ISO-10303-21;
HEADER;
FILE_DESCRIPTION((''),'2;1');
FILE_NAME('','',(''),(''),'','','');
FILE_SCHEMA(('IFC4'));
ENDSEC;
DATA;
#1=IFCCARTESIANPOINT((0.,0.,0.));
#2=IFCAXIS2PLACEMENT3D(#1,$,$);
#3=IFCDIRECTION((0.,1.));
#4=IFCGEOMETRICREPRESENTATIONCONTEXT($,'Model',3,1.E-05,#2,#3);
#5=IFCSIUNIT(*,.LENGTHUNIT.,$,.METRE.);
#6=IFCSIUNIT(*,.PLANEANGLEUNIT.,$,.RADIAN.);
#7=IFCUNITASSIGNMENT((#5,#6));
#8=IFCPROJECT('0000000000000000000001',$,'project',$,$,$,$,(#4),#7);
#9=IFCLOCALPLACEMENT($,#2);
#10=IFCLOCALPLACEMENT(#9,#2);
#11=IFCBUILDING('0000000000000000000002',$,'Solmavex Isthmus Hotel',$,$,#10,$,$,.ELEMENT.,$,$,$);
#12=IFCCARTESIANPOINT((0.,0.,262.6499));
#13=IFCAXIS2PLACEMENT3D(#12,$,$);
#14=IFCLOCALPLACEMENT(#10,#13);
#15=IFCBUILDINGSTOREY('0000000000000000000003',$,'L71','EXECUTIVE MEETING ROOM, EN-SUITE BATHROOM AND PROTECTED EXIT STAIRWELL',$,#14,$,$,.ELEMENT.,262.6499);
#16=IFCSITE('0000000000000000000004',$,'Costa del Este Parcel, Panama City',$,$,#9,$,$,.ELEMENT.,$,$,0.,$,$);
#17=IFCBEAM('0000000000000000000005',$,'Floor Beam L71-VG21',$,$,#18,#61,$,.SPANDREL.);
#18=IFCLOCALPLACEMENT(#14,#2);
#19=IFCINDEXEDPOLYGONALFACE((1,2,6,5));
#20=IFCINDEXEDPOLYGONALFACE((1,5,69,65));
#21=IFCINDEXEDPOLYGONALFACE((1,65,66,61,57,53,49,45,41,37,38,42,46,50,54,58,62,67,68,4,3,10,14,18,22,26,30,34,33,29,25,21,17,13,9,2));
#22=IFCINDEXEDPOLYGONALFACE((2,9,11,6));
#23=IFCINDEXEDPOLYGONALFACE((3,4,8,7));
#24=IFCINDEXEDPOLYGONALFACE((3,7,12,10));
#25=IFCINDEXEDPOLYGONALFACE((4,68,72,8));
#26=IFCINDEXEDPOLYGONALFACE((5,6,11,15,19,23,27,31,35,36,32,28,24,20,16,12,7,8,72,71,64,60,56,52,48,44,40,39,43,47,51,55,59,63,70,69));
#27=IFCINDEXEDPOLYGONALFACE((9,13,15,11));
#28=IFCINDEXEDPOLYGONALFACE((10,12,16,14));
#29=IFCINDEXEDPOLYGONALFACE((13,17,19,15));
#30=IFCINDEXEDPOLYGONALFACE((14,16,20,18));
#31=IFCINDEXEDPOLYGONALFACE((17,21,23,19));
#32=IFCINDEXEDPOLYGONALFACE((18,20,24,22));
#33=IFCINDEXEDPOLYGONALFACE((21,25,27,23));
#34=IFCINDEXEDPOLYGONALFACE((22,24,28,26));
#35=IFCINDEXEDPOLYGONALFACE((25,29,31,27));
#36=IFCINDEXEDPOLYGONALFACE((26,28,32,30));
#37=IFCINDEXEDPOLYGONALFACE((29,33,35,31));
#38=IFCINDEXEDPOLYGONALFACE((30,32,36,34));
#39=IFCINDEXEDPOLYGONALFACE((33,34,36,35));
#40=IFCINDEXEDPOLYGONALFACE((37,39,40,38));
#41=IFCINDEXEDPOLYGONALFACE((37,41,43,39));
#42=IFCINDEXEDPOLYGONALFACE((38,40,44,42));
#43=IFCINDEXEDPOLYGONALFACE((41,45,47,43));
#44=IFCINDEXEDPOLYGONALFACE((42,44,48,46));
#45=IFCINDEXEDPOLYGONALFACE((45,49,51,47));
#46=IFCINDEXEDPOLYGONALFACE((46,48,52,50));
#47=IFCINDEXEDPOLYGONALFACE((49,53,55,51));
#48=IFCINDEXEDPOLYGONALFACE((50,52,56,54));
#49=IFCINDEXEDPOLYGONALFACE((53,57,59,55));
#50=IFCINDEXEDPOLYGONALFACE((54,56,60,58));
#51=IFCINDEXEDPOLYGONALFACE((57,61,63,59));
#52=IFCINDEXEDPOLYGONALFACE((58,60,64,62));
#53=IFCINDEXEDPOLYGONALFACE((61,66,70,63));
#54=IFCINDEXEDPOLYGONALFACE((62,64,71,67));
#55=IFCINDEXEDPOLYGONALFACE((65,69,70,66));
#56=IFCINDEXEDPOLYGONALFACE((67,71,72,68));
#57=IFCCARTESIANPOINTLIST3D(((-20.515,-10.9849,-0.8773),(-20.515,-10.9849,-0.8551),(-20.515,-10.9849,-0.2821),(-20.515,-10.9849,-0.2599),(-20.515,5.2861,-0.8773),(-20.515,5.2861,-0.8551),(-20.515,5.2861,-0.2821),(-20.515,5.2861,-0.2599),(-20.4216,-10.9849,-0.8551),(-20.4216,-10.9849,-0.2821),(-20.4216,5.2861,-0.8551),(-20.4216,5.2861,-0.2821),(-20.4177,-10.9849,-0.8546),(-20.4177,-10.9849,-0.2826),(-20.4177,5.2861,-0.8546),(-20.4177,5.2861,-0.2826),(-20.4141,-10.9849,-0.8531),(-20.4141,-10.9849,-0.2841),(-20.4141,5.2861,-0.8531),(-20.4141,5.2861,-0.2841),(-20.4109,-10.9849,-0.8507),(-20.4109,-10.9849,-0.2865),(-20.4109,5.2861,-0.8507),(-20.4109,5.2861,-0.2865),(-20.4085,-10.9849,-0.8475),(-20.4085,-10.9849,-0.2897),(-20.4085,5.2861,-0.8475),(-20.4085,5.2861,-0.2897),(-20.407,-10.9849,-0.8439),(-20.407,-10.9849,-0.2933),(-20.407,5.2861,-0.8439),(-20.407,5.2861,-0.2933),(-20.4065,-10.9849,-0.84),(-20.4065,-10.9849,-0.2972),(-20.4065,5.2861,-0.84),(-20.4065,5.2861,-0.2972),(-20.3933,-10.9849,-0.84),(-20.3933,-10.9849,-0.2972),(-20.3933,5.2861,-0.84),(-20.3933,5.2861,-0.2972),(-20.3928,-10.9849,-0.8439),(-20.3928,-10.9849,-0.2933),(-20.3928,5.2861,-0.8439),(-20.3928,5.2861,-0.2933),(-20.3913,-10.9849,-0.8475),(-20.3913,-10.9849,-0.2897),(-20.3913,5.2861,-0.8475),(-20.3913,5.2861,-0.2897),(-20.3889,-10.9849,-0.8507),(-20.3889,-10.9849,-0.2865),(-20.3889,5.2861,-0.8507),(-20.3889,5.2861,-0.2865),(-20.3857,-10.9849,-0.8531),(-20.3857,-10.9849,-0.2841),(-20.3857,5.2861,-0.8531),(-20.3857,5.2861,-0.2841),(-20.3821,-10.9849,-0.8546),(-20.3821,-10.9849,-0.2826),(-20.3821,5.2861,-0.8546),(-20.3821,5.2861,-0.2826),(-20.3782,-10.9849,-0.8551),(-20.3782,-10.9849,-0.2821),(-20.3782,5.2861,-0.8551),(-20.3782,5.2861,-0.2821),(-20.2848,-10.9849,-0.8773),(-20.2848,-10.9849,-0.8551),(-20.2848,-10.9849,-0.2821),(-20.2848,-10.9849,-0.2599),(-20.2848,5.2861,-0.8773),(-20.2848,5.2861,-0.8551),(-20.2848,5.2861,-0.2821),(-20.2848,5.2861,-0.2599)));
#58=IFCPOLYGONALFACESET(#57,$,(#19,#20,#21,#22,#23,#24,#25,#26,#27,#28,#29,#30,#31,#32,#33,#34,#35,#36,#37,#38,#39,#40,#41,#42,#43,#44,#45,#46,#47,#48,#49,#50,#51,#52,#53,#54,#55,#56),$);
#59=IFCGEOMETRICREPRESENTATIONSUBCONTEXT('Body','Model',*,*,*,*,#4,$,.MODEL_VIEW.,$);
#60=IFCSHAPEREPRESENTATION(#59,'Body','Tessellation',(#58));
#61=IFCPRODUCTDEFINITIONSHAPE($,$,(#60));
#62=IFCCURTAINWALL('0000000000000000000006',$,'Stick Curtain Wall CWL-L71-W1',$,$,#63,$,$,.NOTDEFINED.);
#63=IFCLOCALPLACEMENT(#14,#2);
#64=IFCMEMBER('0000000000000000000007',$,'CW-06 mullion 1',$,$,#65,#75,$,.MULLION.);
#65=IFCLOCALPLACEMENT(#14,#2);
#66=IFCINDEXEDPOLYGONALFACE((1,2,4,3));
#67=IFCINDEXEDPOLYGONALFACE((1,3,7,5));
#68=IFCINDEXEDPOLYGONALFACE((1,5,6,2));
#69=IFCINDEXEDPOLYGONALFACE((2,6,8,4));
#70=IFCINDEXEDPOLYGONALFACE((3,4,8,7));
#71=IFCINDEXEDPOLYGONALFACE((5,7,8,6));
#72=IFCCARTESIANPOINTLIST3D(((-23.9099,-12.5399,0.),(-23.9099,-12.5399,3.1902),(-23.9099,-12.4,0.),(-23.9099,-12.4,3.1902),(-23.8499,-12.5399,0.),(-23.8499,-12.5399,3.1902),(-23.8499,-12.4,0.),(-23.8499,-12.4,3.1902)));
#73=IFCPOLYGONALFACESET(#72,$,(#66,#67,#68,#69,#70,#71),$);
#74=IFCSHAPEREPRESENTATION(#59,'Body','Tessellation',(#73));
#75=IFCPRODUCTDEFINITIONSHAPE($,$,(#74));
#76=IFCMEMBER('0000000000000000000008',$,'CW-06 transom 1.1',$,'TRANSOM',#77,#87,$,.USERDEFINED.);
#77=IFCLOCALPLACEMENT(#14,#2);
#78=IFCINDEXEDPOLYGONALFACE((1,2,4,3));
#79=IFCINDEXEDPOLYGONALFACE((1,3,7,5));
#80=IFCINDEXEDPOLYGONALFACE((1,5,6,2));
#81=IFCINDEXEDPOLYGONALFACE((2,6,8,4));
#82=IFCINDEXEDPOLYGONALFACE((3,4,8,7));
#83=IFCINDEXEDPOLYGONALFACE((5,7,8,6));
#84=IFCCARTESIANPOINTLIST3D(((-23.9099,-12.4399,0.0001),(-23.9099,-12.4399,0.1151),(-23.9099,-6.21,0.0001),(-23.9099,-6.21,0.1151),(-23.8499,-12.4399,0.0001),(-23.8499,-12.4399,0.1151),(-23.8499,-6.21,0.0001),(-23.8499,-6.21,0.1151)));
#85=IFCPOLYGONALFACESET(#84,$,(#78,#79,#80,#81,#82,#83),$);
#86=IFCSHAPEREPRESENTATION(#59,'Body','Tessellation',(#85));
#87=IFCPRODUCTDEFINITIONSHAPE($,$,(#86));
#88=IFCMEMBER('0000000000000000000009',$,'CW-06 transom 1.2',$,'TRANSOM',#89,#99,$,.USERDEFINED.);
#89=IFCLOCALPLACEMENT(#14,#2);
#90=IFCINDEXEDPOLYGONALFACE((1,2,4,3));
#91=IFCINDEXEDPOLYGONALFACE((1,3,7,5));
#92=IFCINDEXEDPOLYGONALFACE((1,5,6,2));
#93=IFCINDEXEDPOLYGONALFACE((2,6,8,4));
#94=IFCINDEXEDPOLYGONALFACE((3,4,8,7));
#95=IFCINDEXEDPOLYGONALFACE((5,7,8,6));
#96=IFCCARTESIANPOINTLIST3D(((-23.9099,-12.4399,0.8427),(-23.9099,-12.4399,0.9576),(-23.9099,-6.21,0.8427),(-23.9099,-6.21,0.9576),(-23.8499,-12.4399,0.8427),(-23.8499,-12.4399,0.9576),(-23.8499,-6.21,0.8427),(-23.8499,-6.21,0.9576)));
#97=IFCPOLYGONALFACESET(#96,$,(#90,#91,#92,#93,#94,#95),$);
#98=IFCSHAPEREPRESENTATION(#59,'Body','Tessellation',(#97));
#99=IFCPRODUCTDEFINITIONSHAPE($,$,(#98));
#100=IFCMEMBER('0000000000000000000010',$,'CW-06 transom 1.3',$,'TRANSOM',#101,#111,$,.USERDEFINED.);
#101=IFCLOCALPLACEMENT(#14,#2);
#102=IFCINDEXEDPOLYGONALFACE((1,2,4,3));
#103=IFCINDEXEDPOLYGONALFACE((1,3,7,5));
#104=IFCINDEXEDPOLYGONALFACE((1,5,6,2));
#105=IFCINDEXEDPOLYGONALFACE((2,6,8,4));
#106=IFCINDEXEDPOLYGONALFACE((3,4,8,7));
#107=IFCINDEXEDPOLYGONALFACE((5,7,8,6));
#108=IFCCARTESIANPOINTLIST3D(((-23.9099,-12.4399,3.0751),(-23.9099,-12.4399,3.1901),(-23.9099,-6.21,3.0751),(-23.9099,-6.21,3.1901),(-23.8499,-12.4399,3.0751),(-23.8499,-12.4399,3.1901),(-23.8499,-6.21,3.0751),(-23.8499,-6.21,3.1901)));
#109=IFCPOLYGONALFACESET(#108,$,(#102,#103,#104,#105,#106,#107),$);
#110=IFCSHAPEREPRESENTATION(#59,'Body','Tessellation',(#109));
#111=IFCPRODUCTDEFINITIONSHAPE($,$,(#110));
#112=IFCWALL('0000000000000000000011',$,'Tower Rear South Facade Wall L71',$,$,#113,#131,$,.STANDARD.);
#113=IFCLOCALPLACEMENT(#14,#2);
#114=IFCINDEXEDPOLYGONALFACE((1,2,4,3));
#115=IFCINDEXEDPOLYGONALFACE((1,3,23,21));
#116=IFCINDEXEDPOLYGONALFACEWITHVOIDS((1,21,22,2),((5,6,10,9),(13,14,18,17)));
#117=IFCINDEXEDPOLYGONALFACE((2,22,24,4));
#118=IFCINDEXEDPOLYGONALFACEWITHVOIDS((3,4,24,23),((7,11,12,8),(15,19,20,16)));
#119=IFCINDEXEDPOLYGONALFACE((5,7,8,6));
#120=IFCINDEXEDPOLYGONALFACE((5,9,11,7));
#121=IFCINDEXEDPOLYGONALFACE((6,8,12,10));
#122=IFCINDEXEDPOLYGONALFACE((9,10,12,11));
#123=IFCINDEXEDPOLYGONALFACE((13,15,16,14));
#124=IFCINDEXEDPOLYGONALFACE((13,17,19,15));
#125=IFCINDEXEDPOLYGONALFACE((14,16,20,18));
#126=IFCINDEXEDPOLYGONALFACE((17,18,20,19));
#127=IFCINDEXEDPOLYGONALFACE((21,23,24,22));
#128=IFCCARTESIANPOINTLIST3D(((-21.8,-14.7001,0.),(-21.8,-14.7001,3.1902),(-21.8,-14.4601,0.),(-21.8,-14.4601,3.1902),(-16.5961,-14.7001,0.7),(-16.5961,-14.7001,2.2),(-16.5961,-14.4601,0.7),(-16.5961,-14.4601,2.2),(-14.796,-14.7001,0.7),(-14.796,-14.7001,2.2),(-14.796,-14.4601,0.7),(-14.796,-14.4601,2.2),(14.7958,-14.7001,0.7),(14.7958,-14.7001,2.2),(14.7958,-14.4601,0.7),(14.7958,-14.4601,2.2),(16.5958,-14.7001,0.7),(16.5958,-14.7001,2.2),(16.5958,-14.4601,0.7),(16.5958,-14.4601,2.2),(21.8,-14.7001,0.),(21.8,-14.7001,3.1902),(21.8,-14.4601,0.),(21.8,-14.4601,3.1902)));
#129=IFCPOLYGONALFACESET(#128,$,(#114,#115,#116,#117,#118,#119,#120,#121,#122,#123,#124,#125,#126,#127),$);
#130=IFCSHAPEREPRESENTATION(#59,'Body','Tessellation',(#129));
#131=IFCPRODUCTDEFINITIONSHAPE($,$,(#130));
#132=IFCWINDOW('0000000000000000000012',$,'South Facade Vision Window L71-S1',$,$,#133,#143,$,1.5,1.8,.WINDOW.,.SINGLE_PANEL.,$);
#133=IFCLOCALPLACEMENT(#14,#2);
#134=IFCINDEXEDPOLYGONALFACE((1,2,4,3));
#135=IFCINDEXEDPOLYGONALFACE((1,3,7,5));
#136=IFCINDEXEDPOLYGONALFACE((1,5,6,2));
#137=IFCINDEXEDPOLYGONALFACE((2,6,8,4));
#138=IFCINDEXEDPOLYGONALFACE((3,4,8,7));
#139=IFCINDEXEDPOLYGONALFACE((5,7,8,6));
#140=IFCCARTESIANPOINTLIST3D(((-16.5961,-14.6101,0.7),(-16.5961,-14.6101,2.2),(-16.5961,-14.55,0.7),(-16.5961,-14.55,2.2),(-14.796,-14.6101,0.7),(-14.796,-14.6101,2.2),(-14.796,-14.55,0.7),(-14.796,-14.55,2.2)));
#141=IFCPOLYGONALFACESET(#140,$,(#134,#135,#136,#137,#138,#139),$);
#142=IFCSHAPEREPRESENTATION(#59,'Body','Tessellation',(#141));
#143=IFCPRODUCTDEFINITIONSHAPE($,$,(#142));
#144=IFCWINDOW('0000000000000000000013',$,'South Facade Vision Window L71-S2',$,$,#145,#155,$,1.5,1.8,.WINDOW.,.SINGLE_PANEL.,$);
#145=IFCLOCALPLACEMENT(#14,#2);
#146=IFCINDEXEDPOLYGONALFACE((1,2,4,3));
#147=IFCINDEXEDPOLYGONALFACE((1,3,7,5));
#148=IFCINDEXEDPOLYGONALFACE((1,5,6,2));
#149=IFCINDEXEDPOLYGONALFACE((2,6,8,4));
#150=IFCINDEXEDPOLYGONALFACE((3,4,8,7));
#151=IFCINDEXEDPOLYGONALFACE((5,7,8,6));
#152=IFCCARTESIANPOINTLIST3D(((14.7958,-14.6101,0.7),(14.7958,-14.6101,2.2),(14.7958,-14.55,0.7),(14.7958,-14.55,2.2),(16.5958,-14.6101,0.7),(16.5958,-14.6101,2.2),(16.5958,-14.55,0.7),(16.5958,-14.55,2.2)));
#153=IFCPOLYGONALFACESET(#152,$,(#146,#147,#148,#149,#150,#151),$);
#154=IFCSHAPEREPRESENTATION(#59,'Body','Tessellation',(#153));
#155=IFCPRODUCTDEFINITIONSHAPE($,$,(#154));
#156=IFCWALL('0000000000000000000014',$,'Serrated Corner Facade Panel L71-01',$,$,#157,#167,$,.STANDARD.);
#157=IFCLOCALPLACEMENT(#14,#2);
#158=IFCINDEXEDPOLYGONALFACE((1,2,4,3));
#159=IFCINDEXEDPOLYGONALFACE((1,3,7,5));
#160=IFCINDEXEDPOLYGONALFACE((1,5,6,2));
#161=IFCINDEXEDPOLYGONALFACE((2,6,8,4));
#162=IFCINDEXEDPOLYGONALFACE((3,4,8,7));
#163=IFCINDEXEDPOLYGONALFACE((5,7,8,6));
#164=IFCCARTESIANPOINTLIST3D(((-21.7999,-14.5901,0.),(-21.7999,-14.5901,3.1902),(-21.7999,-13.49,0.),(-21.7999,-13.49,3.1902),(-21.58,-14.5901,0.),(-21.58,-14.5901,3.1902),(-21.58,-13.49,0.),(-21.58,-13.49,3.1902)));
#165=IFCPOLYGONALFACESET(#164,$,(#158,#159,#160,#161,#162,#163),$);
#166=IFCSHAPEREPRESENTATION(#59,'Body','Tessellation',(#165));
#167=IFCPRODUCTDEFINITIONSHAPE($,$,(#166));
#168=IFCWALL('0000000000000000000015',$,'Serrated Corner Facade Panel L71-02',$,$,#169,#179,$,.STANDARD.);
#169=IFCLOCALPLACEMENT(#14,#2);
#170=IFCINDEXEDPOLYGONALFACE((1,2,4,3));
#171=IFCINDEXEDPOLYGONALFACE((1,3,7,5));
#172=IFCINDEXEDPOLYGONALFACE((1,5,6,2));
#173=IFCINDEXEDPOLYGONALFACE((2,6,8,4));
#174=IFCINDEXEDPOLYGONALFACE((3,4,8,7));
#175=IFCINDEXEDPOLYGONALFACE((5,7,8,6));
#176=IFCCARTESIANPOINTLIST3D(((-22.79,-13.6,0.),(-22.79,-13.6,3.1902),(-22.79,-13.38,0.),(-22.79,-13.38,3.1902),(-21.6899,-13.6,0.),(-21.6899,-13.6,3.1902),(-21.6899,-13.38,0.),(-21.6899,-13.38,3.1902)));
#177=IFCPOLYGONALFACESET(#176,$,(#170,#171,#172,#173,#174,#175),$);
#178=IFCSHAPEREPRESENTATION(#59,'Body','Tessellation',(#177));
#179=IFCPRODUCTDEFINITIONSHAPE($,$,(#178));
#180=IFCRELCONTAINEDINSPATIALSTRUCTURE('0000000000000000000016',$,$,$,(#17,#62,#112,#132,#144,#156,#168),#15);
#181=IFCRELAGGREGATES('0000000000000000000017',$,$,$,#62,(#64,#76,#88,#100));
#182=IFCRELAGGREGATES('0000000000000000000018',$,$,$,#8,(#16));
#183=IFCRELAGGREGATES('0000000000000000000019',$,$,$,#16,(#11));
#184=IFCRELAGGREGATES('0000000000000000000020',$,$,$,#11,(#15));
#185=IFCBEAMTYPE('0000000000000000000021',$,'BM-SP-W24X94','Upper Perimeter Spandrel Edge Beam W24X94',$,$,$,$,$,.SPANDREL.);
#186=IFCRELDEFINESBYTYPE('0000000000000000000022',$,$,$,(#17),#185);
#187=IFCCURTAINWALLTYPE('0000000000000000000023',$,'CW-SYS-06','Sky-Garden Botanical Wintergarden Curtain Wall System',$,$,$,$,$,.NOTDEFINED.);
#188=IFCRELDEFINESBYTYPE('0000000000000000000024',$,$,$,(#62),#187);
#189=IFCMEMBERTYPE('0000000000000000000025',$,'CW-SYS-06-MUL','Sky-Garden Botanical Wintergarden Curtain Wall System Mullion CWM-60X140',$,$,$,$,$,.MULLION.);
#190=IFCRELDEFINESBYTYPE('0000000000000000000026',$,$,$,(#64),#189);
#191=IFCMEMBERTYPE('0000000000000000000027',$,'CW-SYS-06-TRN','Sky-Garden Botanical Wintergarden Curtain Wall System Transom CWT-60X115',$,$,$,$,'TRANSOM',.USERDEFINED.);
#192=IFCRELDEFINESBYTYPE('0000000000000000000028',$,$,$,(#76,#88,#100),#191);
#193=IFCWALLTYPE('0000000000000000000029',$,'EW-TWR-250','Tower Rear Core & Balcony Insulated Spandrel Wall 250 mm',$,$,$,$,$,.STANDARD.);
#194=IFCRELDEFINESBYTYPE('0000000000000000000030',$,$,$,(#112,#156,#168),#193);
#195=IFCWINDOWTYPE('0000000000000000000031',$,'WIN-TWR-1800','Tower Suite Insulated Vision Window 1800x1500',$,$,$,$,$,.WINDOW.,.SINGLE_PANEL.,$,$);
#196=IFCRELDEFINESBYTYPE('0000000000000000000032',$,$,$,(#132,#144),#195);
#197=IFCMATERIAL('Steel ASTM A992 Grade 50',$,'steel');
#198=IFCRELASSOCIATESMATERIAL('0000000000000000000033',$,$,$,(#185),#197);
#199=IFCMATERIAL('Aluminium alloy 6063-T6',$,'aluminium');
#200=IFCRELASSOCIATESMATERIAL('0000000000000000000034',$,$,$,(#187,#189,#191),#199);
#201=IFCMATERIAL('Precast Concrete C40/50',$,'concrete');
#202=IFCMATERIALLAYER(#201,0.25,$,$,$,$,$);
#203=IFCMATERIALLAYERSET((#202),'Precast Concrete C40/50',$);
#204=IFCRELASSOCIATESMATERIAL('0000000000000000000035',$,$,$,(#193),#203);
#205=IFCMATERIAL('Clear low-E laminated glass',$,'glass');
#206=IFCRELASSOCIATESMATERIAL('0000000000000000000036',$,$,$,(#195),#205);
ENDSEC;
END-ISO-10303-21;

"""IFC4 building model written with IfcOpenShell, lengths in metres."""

from ifc_helpers import new_model, si_unit, direction, frame, frame_2d, origin, origin_2d, place, context, subcontext, project, spatial, rectangle, i_section, extrude, material, layer, layer_set, material_profile, profile_set, type_object, element, fill, aggregate, save


model = new_model("IFC4")

# Units and contexts
model_context = context("Model", 3, precision=1e-05, world=origin(), true_north=direction((0.0, 1.0)))
body_context = subcontext(model_context, "Body", "Model", "MODEL_VIEW")
ifc_project = project(units=[si_unit("LENGTHUNIT", "METRE"), si_unit("PLANEANGLEUNIT", "RADIAN")], contexts=[model_context])

# Site, building, storey
site_placement = place(None, origin())
site = spatial("IfcSite", under=ifc_project, at=site_placement, Name="Costa del Este Parcel, Panama City", CompositionType="ELEMENT", RefElevation=0.0)
building_placement = place(site_placement, origin())
building = spatial("IfcBuilding", under=site, at=building_placement, Name="Solmavex Isthmus Hotel", CompositionType="ELEMENT")
storey_placement = place(building_placement, frame((0.0, 0.0, 262.6499)))
storey = spatial("IfcBuildingStorey", under=building, at=storey_placement, Name="L71", Description="EXECUTIVE MEETING ROOM, EN-SUITE BATHROOM AND PROTECTED EXIT STAIRWELL", CompositionType="ELEMENT", Elevation=262.6499)

# Beam
ifc_material_1 = material(Name="Steel ASTM A992 Grade 50", Category="steel")
ifc_material_profile_1 = material_profile(ifc_material_1, i_section(OverallWidth=0.2302, OverallDepth=0.6174, WebThickness=0.0132, FlangeThickness=0.0222, FilletRadius=0.0151, at=origin_2d()), Name="W24X94")
ifc_profile_set_1 = profile_set([ifc_material_profile_1], Name="Steel ASTM A992 Grade 50")
beam_type_1 = type_object("IfcBeamType", Name="BM-SP-W24X94", Description="Upper Perimeter Spandrel Edge Beam W24X94", PredefinedType="SPANDREL", material=ifc_profile_set_1)
beam_1_placement = place(storey_placement, frame((-20.3999, -10.9849, -0.5686), z_axis=(0.0, 1.0, 0.0), x_axis=(-1.0, 0.0, 0.0)))
element("IfcBeam", 1, at=beam_1_placement, inside=storey, type_object=beam_type_1, Name="Floor Beam L71-VG21", PredefinedType="SPANDREL", context=body_context, shape_type="SweptSolid", body=[
    extrude(i_section(OverallWidth=0.2302, OverallDepth=0.6174, WebThickness=0.0132, FlangeThickness=0.0222, FilletRadius=0.0151, at=origin_2d()), origin(), (0.0, 0.0, 1.0), 16.271),
])

# Curtain wall, members
ifc_material_2 = material(Name="Aluminium alloy 6063-T6", Category="aluminium")
curtain_wall_type = type_object("IfcCurtainWallType", Name="CW-SYS-06", Description="Sky-Garden Botanical Wintergarden Curtain Wall System", PredefinedType="NOTDEFINED", material=ifc_material_2)
curtain_wall_placement = place(storey_placement, origin())
curtain_wall = element("IfcCurtainWall", 2, at=curtain_wall_placement, inside=storey, type_object=curtain_wall_type, Name="Stick Curtain Wall CWL-L71-W1", PredefinedType="NOTDEFINED")
ifc_material_profile_2 = material_profile(ifc_material_2, rectangle(XDim=0.0601, YDim=0.1399, at=origin_2d()), Name="CWM-60X140")
ifc_profile_set_2 = profile_set([ifc_material_profile_2], Name="Aluminium alloy 6063-T6")
member_type_1 = type_object("IfcMemberType", Name="CW-SYS-06-MUL", Description="Sky-Garden Botanical Wintergarden Curtain Wall System Mullion CWM-60X140", PredefinedType="MULLION", material=ifc_profile_set_2)
member_1_placement = place(storey_placement, frame((-23.8799, -12.47, 0.0), z_axis=(0.0, 0.0, 1.0), x_axis=(-1.0, 0.0, 0.0)))
member_1 = element("IfcMember", 3, at=member_1_placement, type_object=member_type_1, Name="CW-06 mullion 1", PredefinedType="MULLION", context=body_context, shape_type="SweptSolid", body=[
    extrude(rectangle(XDim=0.0601, YDim=0.1399, at=origin_2d()), origin(), (0.0, 0.0, 1.0), 3.1902),
])
ifc_material_profile_3 = material_profile(ifc_material_2, rectangle(XDim=0.0601, YDim=0.115, at=origin_2d()), Name="CWT-60X115")
ifc_profile_set_3 = profile_set([ifc_material_profile_3], Name="Aluminium alloy 6063-T6")
member_type_2 = type_object("IfcMemberType", Name="CW-SYS-06-TRN", Description="Sky-Garden Botanical Wintergarden Curtain Wall System Transom CWT-60X115", ElementType="TRANSOM", PredefinedType="USERDEFINED", material=ifc_profile_set_3)
member_2_placement = place(storey_placement, frame((-23.8799, -12.4399, 0.0576), z_axis=(0.0, 1.0, 0.0), x_axis=(-1.0, 0.0, 0.0)))
member_2 = element("IfcMember", 4, at=member_2_placement, type_object=member_type_2, Name="CW-06 transom 1.1", ObjectType="TRANSOM", PredefinedType="USERDEFINED", context=body_context, shape_type="SweptSolid", body=[
    extrude(rectangle(XDim=0.0601, YDim=0.115, at=origin_2d()), origin(), (0.0, 0.0, 1.0), 6.23),
])
member_3_placement = place(storey_placement, frame((-23.8799, -12.4399, 0.9001), z_axis=(0.0, 1.0, 0.0), x_axis=(-1.0, 0.0, 0.0)))
member_3 = element("IfcMember", 5, at=member_3_placement, type_object=member_type_2, Name="CW-06 transom 1.2", ObjectType="TRANSOM", PredefinedType="USERDEFINED", context=body_context, shape_type="SweptSolid", body=[
    extrude(rectangle(XDim=0.0601, YDim=0.115, at=origin_2d()), origin(), (0.0, 0.0, 1.0), 6.23),
])
member_4_placement = place(storey_placement, frame((-23.8799, -12.4399, 3.1326), z_axis=(0.0, 1.0, 0.0), x_axis=(-1.0, 0.0, 0.0)))
member_4 = element("IfcMember", 6, at=member_4_placement, type_object=member_type_2, Name="CW-06 transom 1.3", ObjectType="TRANSOM", PredefinedType="USERDEFINED", context=body_context, shape_type="SweptSolid", body=[
    extrude(rectangle(XDim=0.0601, YDim=0.115, at=origin_2d()), origin(), (0.0, 0.0, 1.0), 6.23),
])
aggregate(curtain_wall, [member_1, member_2, member_3, member_4])

# Wall, openings, windows
ifc_material_3 = material(Name="Precast Concrete C40/50", Category="concrete")
ifc_layer_1 = layer(ifc_material_3, 0.25)
ifc_layer_set_1 = layer_set([ifc_layer_1], Name="Precast Concrete C40/50")
wall_type_1 = type_object("IfcWallType", Name="EW-TWR-250", Description="Tower Rear Core & Balcony Insulated Spandrel Wall 250 mm", PredefinedType="STANDARD", material=ifc_layer_set_1)
wall_1_placement = place(storey_placement, frame((-21.8, -14.5801, 0.0), z_axis=(0.0, 0.0, 1.0), x_axis=(1.0, 0.0, 0.0)))
wall_1 = element("IfcWall", 7, at=wall_1_placement, inside=storey, type_object=wall_type_1, Name="Tower Rear South Facade Wall L71", PredefinedType="STANDARD", context=body_context, shape_type="SweptSolid", body=[
    extrude(rectangle(XDim=43.6001, YDim=0.24, at=frame_2d((21.8, 0.0))), origin(), (0.0, 0.0, 1.0), 3.1902),
])
opening_1_placement = place(wall_1_placement, frame((5.2041, 0.0, 0.7)))
opening_1 = element("IfcOpeningElement", 8, at=opening_1_placement, cuts=wall_1, PredefinedType="OPENING", context=body_context, shape_type="SweptSolid", body=[
    extrude(rectangle(XDim=1.8, YDim=1.5, at=frame_2d((0.8999, 0.75))), frame((0.0, 0.1299, 0.0), z_axis=(0.0, -1.0, 0.0), x_axis=(1.0, 0.0, 0.0)), (0.0, 0.0, 1.0), 0.26),
])
opening_2_placement = place(wall_1_placement, frame((36.5959, 0.0, 0.7)))
opening_2 = element("IfcOpeningElement", 9, at=opening_2_placement, cuts=wall_1, PredefinedType="OPENING", context=body_context, shape_type="SweptSolid", body=[
    extrude(rectangle(XDim=1.8, YDim=1.5, at=frame_2d((0.8999, 0.75))), frame((0.0, 0.1299, 0.0), z_axis=(0.0, -1.0, 0.0), x_axis=(1.0, 0.0, 0.0)), (0.0, 0.0, 1.0), 0.26),
])
ifc_material_4 = material(Name="Clear low-E laminated glass", Category="glass")
window_type = type_object("IfcWindowType", Name="WIN-TWR-1800", Description="Tower Suite Insulated Vision Window 1800x1500", PartitioningType="SINGLE_PANEL", PredefinedType="WINDOW", material=ifc_material_4)
window_1_placement = place(opening_1_placement, origin())
window_1 = element("IfcWindow", 10, at=window_1_placement, inside=storey, type_object=window_type, Name="South Facade Vision Window L71-S1", OverallHeight=1.5, OverallWidth=1.8, PartitioningType="SINGLE_PANEL", PredefinedType="WINDOW", context=body_context, shape_type="SweptSolid", body=[
    extrude(rectangle(XDim=1.8, YDim=1.5, at=frame_2d((0.8999, 0.75))), frame((0.0, 0.03, 0.0), z_axis=(0.0, -1.0, 0.0), x_axis=(1.0, 0.0, 0.0)), (0.0, 0.0, 1.0), 0.0601),
])
fill(opening_1, window_1)
window_2_placement = place(opening_2_placement, origin())
window_2 = element("IfcWindow", 11, at=window_2_placement, inside=storey, type_object=window_type, Name="South Facade Vision Window L71-S2", OverallHeight=1.5, OverallWidth=1.8, PartitioningType="SINGLE_PANEL", PredefinedType="WINDOW", context=body_context, shape_type="SweptSolid", body=[
    extrude(rectangle(XDim=1.8, YDim=1.5, at=frame_2d((0.8999, 0.75))), frame((0.0, 0.03, 0.0), z_axis=(0.0, -1.0, 0.0), x_axis=(1.0, 0.0, 0.0)), (0.0, 0.0, 1.0), 0.0601),
])
fill(opening_2, window_2)

# Walls
for number, where, z_axis, x_axis, name in (
    (12, (-21.6899, -14.5901, 0.0), (0.0, 0.0, 1.0), (0.0, 1.0, 0.0), "Serrated Corner Facade Panel L71-01"),
    (13, (-21.6899, -13.49, 0.0), (0.0, 0.0, 1.0), (-1.0, 0.0, 0.0), "Serrated Corner Facade Panel L71-02"),
):
    element("IfcWall", number, at=place(storey_placement, frame(where, z_axis=z_axis, x_axis=x_axis)), inside=storey, type_object=wall_type_1, Name=name, PredefinedType="STANDARD", context=body_context, shape_type="SweptSolid", body=[
        extrude(rectangle(XDim=1.1001, YDim=0.22, at=frame_2d((0.55, 0.0))), origin(), (0.0, 0.0, 1.0), 3.1902),
    ])

save(model, "model.ifc")
